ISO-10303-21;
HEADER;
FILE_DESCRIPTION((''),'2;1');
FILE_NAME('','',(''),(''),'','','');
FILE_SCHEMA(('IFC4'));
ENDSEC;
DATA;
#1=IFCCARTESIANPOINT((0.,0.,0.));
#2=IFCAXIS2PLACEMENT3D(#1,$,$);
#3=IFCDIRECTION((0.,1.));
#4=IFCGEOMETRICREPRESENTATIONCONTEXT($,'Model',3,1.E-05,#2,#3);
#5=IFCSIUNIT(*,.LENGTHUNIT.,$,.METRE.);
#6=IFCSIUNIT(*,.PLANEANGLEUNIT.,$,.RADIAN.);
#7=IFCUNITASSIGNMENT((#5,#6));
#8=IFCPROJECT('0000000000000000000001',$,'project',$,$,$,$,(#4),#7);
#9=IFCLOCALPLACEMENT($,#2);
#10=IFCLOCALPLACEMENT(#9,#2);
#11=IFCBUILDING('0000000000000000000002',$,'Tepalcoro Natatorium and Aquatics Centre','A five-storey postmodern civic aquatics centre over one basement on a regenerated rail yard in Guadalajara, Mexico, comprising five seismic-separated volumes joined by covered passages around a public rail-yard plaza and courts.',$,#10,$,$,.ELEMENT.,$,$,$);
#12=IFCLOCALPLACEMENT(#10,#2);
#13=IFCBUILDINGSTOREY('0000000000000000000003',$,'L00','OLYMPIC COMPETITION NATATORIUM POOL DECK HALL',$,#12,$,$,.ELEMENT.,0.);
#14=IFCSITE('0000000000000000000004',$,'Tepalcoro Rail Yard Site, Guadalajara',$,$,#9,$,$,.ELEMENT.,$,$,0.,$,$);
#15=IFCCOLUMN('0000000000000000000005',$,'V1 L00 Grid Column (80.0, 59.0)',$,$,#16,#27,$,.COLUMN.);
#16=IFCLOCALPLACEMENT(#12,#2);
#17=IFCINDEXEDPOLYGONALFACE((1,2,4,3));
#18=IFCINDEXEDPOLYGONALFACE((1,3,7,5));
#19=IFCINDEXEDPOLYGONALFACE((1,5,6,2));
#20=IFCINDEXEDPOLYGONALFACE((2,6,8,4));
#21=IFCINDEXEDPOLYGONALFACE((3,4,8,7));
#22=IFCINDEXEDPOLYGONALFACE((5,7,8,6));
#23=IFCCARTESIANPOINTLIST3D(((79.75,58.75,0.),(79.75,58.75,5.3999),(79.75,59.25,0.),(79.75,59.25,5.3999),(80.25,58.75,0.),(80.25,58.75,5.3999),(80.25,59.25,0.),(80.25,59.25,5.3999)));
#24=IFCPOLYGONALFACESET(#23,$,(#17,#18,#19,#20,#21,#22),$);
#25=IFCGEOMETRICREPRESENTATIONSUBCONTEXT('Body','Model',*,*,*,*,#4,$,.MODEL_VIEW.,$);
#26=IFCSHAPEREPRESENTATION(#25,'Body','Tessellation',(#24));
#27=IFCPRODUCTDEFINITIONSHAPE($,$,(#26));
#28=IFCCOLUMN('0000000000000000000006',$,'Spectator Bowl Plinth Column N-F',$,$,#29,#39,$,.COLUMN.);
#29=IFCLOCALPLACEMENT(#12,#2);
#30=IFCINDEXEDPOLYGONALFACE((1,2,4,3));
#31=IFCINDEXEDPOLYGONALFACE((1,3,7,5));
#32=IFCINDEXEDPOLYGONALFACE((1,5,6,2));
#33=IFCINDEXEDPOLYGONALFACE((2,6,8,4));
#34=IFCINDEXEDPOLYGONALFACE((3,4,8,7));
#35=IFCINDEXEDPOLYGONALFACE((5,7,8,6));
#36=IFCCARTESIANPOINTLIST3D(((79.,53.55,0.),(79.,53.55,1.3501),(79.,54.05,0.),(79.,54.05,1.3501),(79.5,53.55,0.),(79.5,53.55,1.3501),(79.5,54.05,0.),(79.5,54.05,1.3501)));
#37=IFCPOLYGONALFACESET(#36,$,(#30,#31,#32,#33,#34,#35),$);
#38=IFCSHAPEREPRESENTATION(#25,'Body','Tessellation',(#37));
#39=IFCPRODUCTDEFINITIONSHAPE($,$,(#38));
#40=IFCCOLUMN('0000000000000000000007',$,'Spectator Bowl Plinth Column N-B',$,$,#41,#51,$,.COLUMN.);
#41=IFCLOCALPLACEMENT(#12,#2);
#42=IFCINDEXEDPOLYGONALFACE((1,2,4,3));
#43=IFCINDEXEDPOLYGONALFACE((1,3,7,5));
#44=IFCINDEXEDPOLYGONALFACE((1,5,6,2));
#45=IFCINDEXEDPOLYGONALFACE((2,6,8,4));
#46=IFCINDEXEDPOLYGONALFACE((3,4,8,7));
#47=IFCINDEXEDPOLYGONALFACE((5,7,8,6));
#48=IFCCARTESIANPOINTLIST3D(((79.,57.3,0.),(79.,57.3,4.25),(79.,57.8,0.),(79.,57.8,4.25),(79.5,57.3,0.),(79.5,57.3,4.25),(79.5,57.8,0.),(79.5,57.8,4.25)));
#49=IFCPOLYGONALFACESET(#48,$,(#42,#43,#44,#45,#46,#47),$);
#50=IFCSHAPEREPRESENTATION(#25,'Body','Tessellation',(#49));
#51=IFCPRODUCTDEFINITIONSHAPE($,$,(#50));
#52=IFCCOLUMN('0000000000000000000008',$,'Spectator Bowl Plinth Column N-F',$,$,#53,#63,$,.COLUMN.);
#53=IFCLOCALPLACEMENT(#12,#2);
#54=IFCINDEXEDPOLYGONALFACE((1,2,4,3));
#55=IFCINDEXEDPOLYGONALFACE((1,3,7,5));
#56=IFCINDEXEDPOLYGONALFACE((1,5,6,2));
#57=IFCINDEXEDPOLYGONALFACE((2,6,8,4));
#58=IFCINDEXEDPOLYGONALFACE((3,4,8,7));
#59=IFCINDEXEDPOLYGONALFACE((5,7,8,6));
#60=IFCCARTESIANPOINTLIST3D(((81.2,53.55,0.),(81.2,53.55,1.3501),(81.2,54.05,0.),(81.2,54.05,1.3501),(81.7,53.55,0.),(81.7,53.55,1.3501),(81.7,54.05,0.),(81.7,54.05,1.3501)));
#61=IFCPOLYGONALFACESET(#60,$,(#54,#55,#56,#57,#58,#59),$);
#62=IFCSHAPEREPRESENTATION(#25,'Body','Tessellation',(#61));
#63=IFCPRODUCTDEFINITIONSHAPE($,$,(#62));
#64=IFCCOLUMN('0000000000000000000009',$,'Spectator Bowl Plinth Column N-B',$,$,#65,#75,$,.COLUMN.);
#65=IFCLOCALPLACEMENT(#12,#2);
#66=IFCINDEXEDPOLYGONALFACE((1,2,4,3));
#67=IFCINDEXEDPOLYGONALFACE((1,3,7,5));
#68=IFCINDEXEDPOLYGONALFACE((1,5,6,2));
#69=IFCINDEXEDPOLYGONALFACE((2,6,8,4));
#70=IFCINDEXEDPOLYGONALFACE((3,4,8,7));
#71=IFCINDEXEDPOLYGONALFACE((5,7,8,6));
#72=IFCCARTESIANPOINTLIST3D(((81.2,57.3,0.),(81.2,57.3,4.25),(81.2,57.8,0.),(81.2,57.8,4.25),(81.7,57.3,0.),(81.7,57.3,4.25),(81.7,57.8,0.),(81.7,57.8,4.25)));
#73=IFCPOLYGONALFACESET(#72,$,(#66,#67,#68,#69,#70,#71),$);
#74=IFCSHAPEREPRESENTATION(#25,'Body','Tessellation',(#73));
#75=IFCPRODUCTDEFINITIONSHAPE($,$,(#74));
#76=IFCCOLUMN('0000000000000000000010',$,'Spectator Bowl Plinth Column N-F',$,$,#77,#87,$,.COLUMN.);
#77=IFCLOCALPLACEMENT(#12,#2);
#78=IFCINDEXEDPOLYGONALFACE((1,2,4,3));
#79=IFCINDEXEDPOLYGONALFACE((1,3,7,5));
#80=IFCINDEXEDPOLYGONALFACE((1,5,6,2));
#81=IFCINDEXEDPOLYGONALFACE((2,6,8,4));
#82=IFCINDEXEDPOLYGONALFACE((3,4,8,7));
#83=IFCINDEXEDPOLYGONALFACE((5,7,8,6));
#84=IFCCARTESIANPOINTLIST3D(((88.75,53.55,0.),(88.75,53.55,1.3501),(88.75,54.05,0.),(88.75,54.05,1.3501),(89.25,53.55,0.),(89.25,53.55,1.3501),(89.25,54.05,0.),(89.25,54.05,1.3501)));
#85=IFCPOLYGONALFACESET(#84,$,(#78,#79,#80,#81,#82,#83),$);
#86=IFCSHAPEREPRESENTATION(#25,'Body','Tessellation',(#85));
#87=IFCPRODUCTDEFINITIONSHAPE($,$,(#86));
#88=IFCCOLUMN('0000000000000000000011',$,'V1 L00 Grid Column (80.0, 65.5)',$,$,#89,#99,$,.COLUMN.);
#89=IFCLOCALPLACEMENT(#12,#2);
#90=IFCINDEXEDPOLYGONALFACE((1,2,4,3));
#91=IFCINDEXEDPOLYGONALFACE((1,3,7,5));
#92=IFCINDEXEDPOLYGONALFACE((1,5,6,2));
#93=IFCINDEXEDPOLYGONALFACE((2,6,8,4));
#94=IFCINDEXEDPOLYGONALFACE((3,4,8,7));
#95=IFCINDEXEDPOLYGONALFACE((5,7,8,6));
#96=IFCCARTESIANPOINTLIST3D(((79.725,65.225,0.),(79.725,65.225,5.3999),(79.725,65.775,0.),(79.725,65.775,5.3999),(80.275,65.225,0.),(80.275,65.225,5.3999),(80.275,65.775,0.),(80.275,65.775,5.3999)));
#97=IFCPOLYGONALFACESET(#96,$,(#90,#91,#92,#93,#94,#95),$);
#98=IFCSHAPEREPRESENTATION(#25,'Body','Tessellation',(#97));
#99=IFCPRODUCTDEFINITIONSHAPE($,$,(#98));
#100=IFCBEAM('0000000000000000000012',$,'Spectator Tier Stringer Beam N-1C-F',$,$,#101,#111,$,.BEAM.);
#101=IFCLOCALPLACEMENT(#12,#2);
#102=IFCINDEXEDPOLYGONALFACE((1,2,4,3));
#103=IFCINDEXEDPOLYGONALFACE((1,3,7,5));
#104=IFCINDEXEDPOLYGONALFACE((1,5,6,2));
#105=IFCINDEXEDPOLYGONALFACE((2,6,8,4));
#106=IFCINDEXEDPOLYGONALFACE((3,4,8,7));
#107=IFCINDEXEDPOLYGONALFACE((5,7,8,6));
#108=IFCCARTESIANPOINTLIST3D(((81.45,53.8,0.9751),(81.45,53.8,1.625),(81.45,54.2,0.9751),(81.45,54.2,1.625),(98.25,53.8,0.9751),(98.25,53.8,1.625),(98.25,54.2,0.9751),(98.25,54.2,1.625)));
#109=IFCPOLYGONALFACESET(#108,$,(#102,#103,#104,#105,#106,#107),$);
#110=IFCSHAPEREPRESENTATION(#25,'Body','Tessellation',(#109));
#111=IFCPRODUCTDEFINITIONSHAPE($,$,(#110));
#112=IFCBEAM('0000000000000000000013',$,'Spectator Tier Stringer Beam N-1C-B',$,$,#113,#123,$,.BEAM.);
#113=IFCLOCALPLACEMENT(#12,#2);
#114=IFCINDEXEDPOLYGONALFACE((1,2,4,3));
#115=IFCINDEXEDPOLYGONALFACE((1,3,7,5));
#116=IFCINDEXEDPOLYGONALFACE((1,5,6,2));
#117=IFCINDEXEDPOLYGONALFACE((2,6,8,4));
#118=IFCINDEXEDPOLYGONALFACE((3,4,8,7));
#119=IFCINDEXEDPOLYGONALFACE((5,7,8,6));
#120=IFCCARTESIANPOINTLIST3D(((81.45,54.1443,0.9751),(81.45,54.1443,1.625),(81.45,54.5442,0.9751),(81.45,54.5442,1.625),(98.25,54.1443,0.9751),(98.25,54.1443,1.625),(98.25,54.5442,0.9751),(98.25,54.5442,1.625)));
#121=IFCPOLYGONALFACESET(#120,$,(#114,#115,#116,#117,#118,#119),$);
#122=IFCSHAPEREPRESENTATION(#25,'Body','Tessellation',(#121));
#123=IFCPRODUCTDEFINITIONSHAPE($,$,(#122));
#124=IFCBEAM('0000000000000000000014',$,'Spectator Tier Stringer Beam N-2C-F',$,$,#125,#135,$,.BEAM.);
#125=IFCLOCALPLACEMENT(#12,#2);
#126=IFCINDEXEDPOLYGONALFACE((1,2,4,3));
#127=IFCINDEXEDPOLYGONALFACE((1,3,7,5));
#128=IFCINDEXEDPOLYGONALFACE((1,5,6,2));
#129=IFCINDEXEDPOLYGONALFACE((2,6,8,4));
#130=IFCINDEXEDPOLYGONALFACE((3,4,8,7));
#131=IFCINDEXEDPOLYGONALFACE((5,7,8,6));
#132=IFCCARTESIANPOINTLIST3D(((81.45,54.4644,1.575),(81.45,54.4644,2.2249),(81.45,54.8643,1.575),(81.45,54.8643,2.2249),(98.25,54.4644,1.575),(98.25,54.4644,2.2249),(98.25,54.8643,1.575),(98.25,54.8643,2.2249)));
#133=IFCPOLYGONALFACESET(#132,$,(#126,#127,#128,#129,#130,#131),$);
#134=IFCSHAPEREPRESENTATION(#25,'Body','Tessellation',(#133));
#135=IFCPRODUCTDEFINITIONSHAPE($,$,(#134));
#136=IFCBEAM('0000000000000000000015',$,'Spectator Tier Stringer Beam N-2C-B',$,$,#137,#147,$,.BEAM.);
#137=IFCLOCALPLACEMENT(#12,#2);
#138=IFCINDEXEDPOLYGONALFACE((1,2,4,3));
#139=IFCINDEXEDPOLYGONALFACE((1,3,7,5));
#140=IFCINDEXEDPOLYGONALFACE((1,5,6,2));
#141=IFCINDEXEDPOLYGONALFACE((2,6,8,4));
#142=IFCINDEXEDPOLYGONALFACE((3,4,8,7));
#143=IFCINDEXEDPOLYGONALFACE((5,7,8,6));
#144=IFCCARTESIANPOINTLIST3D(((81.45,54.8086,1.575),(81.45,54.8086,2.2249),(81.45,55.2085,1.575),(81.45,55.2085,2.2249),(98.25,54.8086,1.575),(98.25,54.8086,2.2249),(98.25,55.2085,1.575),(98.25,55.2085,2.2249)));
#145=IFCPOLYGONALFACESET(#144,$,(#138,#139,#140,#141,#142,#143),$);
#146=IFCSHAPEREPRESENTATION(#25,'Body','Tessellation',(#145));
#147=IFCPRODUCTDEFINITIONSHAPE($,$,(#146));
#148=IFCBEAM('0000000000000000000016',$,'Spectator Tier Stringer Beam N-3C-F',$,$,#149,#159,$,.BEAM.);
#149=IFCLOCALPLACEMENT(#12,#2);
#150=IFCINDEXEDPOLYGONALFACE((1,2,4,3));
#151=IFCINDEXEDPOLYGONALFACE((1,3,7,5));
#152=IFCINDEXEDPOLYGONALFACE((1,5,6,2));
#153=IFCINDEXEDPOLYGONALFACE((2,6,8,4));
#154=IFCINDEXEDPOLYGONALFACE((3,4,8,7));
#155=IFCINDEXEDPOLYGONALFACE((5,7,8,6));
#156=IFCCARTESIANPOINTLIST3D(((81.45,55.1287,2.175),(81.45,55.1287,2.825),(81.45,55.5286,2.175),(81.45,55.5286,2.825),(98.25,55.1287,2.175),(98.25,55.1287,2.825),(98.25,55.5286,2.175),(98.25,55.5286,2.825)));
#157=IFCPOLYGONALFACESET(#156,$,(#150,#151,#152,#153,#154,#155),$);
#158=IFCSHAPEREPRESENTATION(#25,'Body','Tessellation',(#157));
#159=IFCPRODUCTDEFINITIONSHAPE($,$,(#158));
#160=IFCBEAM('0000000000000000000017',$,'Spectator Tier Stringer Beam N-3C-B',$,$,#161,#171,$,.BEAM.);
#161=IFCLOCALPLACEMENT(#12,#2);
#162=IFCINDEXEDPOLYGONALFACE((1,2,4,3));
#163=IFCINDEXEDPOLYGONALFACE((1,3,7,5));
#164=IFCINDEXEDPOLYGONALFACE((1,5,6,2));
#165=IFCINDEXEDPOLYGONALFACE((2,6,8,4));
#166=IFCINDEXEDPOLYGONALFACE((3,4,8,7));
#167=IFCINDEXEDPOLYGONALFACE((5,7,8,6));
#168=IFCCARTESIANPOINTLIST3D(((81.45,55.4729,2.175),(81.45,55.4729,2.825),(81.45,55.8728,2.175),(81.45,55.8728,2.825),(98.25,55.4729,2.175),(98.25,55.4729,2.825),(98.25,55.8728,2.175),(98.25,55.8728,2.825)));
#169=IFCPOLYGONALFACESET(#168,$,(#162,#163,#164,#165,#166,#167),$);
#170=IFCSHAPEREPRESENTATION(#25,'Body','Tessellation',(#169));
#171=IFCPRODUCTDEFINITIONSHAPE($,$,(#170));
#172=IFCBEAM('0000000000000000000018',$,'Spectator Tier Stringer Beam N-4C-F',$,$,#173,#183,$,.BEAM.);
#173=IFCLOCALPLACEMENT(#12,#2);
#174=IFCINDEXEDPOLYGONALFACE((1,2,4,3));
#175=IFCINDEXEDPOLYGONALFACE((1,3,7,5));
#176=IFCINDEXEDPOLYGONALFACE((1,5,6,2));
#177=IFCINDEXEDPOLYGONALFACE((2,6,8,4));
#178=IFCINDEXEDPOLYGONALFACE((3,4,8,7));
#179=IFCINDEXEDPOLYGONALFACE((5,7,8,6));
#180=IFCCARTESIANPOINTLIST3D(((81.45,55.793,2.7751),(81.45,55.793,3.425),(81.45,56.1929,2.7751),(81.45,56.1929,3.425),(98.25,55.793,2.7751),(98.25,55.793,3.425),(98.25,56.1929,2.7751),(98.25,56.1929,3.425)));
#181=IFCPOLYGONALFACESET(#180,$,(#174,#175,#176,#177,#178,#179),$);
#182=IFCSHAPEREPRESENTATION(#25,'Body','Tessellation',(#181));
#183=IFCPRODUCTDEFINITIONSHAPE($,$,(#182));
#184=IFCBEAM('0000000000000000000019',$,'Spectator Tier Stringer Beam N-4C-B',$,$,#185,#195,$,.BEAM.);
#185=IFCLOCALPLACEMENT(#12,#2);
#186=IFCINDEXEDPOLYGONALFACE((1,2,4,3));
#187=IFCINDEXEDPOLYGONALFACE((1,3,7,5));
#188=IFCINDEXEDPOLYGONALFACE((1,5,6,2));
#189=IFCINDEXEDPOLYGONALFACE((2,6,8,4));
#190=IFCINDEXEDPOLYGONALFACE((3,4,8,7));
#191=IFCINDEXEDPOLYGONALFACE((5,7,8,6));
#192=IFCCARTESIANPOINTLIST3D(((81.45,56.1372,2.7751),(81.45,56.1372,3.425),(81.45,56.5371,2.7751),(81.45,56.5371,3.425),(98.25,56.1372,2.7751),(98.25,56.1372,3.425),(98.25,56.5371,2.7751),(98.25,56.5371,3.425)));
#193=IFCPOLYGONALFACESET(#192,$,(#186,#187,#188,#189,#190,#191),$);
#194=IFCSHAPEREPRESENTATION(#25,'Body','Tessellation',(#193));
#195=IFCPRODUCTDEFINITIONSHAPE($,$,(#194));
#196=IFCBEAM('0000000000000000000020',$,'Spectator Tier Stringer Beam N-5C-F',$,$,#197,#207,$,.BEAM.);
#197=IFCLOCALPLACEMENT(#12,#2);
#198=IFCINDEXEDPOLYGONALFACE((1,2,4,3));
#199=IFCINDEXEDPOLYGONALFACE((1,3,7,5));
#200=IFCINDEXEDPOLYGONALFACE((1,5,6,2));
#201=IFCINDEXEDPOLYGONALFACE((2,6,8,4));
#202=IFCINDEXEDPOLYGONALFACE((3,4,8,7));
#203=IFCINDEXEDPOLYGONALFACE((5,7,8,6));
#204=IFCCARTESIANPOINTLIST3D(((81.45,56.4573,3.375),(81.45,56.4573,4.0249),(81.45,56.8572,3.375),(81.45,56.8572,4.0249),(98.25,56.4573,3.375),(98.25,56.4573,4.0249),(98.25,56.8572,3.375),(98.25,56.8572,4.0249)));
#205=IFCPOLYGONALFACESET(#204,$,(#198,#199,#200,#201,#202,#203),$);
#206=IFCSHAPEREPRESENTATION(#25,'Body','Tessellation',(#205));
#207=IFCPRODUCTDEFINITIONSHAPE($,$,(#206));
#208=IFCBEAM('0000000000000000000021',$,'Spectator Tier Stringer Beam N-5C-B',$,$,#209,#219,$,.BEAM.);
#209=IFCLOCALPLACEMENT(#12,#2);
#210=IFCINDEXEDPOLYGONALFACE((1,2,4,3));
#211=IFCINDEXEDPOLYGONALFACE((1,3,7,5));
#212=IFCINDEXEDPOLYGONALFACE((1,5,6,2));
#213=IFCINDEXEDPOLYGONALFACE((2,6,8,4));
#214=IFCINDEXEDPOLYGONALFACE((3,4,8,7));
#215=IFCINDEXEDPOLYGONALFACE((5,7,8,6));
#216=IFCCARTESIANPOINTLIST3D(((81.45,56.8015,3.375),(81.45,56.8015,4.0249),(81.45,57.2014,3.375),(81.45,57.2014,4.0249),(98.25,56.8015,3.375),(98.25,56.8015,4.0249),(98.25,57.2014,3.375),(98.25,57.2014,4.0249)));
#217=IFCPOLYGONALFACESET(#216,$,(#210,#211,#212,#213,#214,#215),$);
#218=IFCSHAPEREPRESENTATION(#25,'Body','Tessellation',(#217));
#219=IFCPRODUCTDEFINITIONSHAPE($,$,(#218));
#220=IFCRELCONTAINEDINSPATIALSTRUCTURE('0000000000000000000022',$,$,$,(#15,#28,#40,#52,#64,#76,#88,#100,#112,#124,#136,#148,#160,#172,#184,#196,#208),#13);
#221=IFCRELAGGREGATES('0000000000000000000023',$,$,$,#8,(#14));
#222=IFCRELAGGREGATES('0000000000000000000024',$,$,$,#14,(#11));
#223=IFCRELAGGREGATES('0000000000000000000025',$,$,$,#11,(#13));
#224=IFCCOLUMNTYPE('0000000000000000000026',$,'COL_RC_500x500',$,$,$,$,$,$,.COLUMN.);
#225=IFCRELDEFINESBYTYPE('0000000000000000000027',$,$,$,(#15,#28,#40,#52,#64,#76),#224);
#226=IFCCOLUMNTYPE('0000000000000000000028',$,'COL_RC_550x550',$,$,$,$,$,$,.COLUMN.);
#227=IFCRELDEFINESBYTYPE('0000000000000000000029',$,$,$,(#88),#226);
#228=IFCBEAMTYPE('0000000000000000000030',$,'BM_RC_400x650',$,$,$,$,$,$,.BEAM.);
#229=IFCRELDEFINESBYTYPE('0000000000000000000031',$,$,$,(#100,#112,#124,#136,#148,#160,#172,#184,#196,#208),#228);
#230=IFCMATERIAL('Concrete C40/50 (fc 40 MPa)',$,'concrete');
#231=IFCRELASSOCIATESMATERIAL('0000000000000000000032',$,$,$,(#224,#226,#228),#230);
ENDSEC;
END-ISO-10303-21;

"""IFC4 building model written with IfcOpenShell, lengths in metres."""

from ifc_helpers import new_model, si_unit, direction, frame, origin, origin_2d, place, context, subcontext, project, spatial, rectangle, extrude, material, material_profile, profile_set, type_object, element, save


model = new_model("IFC4")

# Units and contexts
model_context = context("Model", 3, precision=1e-05, world=origin(), true_north=direction((0.0, 1.0)))
body_context = subcontext(model_context, "Body", "Model", "MODEL_VIEW")
ifc_project = project(units=[si_unit("LENGTHUNIT", "METRE"), si_unit("PLANEANGLEUNIT", "RADIAN")], contexts=[model_context])

# Site, building, storey
site_placement = place(None, origin())
site = spatial("IfcSite", under=ifc_project, at=site_placement, Name="Tepalcoro Rail Yard Site, Guadalajara", CompositionType="ELEMENT", RefElevation=0.0)
building_placement = place(site_placement, origin())
building = spatial("IfcBuilding", under=site, at=building_placement, Name="Tepalcoro Natatorium and Aquatics Centre", Description="A five-storey postmodern civic aquatics centre over one basement on a regenerated rail yard in Guadalajara, Mexico, comprising five seismic-separated volumes joined by covered passages around a public rail-yard plaza and courts.", CompositionType="ELEMENT")
storey_placement = place(building_placement, origin())
storey = spatial("IfcBuildingStorey", under=building, at=storey_placement, Name="L00", Description="OLYMPIC COMPETITION NATATORIUM POOL DECK HALL", CompositionType="ELEMENT", Elevation=0.0)

# Columns
ifc_material_1 = material(Name="Concrete C40/50 (fc 40 MPa)", Category="concrete")
ifc_material_profile_1 = material_profile(ifc_material_1, rectangle(XDim=0.5, YDim=0.5, at=origin_2d()), Name="RC500x500")
ifc_profile_set_1 = profile_set([ifc_material_profile_1], Name="Concrete C40/50 (fc 40 MPa)")
column_type_1 = type_object("IfcColumnType", Name="COL_RC_500x500", PredefinedType="COLUMN", material=ifc_profile_set_1)
column_1_placement = place(storey_placement, frame((80.0, 59.0, 0.0), z_axis=(0.0, 0.0, 1.0), x_axis=(1.0, 0.0, 0.0)))
element("IfcColumn", 1, at=column_1_placement, inside=storey, type_object=column_type_1, Name="V1 L00 Grid Column (80.0, 59.0)", PredefinedType="COLUMN", context=body_context, shape_type="SweptSolid", body=[
    extrude(rectangle(XDim=0.5, YDim=0.5, at=origin_2d()), origin(), (0.0, 0.0, 1.0), 5.3999),
])
column_2_placement = place(storey_placement, frame((79.25, 53.8, 0.0), z_axis=(0.0, 0.0, 1.0), x_axis=(1.0, 0.0, 0.0)))
element("IfcColumn", 2, at=column_2_placement, inside=storey, type_object=column_type_1, Name="Spectator Bowl Plinth Column N-F", PredefinedType="COLUMN", context=body_context, shape_type="SweptSolid", body=[
    extrude(rectangle(XDim=0.5, YDim=0.5, at=origin_2d()), origin(), (0.0, 0.0, 1.0), 1.3501),
])
column_3_placement = place(storey_placement, frame((79.25, 57.55, 0.0), z_axis=(0.0, 0.0, 1.0), x_axis=(1.0, 0.0, 0.0)))
element("IfcColumn", 3, at=column_3_placement, inside=storey, type_object=column_type_1, Name="Spectator Bowl Plinth Column N-B", PredefinedType="COLUMN", context=body_context, shape_type="SweptSolid", body=[
    extrude(rectangle(XDim=0.5, YDim=0.5, at=origin_2d()), origin(), (0.0, 0.0, 1.0), 4.25),
])
column_4_placement = place(storey_placement, frame((81.45, 53.8, 0.0), z_axis=(0.0, 0.0, 1.0), x_axis=(1.0, 0.0, 0.0)))
element("IfcColumn", 4, at=column_4_placement, inside=storey, type_object=column_type_1, Name="Spectator Bowl Plinth Column N-F", PredefinedType="COLUMN", context=body_context, shape_type="SweptSolid", body=[
    extrude(rectangle(XDim=0.5, YDim=0.5, at=origin_2d()), origin(), (0.0, 0.0, 1.0), 1.3501),
])
column_5_placement = place(storey_placement, frame((81.45, 57.55, 0.0), z_axis=(0.0, 0.0, 1.0), x_axis=(1.0, 0.0, 0.0)))
element("IfcColumn", 5, at=column_5_placement, inside=storey, type_object=column_type_1, Name="Spectator Bowl Plinth Column N-B", PredefinedType="COLUMN", context=body_context, shape_type="SweptSolid", body=[
    extrude(rectangle(XDim=0.5, YDim=0.5, at=origin_2d()), origin(), (0.0, 0.0, 1.0), 4.25),
])
column_6_placement = place(storey_placement, frame((89.0, 53.8, 0.0), z_axis=(0.0, 0.0, 1.0), x_axis=(1.0, 0.0, 0.0)))
element("IfcColumn", 6, at=column_6_placement, inside=storey, type_object=column_type_1, Name="Spectator Bowl Plinth Column N-F", PredefinedType="COLUMN", context=body_context, shape_type="SweptSolid", body=[
    extrude(rectangle(XDim=0.5, YDim=0.5, at=origin_2d()), origin(), (0.0, 0.0, 1.0), 1.3501),
])
ifc_material_profile_2 = material_profile(ifc_material_1, rectangle(XDim=0.55, YDim=0.55, at=origin_2d()), Name="RC550x550")
ifc_profile_set_2 = profile_set([ifc_material_profile_2], Name="Concrete C40/50 (fc 40 MPa)")
column_type_2 = type_object("IfcColumnType", Name="COL_RC_550x550", PredefinedType="COLUMN", material=ifc_profile_set_2)
column_7_placement = place(storey_placement, frame((80.0, 65.5, 0.0), z_axis=(0.0, 0.0, 1.0), x_axis=(1.0, 0.0, 0.0)))
element("IfcColumn", 7, at=column_7_placement, inside=storey, type_object=column_type_2, Name="V1 L00 Grid Column (80.0, 65.5)", PredefinedType="COLUMN", context=body_context, shape_type="SweptSolid", body=[
    extrude(rectangle(XDim=0.55, YDim=0.55, at=origin_2d()), origin(), (0.0, 0.0, 1.0), 5.3999),
])

# Beams
ifc_material_profile_3 = material_profile(ifc_material_1, rectangle(XDim=0.3999, YDim=0.6499, at=origin_2d()), Name="RCB400x650")
ifc_profile_set_3 = profile_set([ifc_material_profile_3], Name="Concrete C40/50 (fc 40 MPa)")
beam_type_1 = type_object("IfcBeamType", Name="BM_RC_400x650", PredefinedType="BEAM", material=ifc_profile_set_3)
for number, where, z_axis, x_axis, name in (
    (8, (81.45, 54.0, 1.3), (1.0, 0.0, 0.0), (0.0, 1.0, 0.0), "Spectator Tier Stringer Beam N-1C-F"),
    (9, (81.45, 54.3442, 1.3), (1.0, 0.0, 0.0), (0.0, 1.0, 0.0), "Spectator Tier Stringer Beam N-1C-B"),
    (10, (81.45, 54.6643, 1.8999), (1.0, 0.0, 0.0), (0.0, 1.0, 0.0), "Spectator Tier Stringer Beam N-2C-F"),
    (11, (81.45, 55.0085, 1.8999), (1.0, 0.0, 0.0), (0.0, 1.0, 0.0), "Spectator Tier Stringer Beam N-2C-B"),
    (12, (81.45, 55.3286, 2.5), (1.0, 0.0, 0.0), (0.0, 1.0, 0.0), "Spectator Tier Stringer Beam N-3C-F"),
    (13, (81.45, 55.6729, 2.5), (1.0, 0.0, 0.0), (0.0, 1.0, 0.0), "Spectator Tier Stringer Beam N-3C-B"),
    (14, (81.45, 55.9929, 3.1001), (1.0, 0.0, 0.0), (0.0, 1.0, 0.0), "Spectator Tier Stringer Beam N-4C-F"),
    (15, (81.45, 56.3372, 3.1001), (1.0, 0.0, 0.0), (0.0, 1.0, 0.0), "Spectator Tier Stringer Beam N-4C-B"),
    (16, (81.45, 56.6572, 3.7), (1.0, 0.0, 0.0), (0.0, 1.0, 0.0), "Spectator Tier Stringer Beam N-5C-F"),
    (17, (81.45, 57.0015, 3.7), (1.0, 0.0, 0.0), (0.0, 1.0, 0.0), "Spectator Tier Stringer Beam N-5C-B"),
):
    element("IfcBeam", number, at=place(storey_placement, frame(where, z_axis=z_axis, x_axis=x_axis)), inside=storey, type_object=beam_type_1, Name=name, PredefinedType="BEAM", context=body_context, shape_type="SweptSolid", body=[
        extrude(rectangle(XDim=0.3999, YDim=0.6499, at=origin_2d()), origin(), (0.0, 0.0, 1.0), 16.8),
    ])

save(model, "model.ifc")
